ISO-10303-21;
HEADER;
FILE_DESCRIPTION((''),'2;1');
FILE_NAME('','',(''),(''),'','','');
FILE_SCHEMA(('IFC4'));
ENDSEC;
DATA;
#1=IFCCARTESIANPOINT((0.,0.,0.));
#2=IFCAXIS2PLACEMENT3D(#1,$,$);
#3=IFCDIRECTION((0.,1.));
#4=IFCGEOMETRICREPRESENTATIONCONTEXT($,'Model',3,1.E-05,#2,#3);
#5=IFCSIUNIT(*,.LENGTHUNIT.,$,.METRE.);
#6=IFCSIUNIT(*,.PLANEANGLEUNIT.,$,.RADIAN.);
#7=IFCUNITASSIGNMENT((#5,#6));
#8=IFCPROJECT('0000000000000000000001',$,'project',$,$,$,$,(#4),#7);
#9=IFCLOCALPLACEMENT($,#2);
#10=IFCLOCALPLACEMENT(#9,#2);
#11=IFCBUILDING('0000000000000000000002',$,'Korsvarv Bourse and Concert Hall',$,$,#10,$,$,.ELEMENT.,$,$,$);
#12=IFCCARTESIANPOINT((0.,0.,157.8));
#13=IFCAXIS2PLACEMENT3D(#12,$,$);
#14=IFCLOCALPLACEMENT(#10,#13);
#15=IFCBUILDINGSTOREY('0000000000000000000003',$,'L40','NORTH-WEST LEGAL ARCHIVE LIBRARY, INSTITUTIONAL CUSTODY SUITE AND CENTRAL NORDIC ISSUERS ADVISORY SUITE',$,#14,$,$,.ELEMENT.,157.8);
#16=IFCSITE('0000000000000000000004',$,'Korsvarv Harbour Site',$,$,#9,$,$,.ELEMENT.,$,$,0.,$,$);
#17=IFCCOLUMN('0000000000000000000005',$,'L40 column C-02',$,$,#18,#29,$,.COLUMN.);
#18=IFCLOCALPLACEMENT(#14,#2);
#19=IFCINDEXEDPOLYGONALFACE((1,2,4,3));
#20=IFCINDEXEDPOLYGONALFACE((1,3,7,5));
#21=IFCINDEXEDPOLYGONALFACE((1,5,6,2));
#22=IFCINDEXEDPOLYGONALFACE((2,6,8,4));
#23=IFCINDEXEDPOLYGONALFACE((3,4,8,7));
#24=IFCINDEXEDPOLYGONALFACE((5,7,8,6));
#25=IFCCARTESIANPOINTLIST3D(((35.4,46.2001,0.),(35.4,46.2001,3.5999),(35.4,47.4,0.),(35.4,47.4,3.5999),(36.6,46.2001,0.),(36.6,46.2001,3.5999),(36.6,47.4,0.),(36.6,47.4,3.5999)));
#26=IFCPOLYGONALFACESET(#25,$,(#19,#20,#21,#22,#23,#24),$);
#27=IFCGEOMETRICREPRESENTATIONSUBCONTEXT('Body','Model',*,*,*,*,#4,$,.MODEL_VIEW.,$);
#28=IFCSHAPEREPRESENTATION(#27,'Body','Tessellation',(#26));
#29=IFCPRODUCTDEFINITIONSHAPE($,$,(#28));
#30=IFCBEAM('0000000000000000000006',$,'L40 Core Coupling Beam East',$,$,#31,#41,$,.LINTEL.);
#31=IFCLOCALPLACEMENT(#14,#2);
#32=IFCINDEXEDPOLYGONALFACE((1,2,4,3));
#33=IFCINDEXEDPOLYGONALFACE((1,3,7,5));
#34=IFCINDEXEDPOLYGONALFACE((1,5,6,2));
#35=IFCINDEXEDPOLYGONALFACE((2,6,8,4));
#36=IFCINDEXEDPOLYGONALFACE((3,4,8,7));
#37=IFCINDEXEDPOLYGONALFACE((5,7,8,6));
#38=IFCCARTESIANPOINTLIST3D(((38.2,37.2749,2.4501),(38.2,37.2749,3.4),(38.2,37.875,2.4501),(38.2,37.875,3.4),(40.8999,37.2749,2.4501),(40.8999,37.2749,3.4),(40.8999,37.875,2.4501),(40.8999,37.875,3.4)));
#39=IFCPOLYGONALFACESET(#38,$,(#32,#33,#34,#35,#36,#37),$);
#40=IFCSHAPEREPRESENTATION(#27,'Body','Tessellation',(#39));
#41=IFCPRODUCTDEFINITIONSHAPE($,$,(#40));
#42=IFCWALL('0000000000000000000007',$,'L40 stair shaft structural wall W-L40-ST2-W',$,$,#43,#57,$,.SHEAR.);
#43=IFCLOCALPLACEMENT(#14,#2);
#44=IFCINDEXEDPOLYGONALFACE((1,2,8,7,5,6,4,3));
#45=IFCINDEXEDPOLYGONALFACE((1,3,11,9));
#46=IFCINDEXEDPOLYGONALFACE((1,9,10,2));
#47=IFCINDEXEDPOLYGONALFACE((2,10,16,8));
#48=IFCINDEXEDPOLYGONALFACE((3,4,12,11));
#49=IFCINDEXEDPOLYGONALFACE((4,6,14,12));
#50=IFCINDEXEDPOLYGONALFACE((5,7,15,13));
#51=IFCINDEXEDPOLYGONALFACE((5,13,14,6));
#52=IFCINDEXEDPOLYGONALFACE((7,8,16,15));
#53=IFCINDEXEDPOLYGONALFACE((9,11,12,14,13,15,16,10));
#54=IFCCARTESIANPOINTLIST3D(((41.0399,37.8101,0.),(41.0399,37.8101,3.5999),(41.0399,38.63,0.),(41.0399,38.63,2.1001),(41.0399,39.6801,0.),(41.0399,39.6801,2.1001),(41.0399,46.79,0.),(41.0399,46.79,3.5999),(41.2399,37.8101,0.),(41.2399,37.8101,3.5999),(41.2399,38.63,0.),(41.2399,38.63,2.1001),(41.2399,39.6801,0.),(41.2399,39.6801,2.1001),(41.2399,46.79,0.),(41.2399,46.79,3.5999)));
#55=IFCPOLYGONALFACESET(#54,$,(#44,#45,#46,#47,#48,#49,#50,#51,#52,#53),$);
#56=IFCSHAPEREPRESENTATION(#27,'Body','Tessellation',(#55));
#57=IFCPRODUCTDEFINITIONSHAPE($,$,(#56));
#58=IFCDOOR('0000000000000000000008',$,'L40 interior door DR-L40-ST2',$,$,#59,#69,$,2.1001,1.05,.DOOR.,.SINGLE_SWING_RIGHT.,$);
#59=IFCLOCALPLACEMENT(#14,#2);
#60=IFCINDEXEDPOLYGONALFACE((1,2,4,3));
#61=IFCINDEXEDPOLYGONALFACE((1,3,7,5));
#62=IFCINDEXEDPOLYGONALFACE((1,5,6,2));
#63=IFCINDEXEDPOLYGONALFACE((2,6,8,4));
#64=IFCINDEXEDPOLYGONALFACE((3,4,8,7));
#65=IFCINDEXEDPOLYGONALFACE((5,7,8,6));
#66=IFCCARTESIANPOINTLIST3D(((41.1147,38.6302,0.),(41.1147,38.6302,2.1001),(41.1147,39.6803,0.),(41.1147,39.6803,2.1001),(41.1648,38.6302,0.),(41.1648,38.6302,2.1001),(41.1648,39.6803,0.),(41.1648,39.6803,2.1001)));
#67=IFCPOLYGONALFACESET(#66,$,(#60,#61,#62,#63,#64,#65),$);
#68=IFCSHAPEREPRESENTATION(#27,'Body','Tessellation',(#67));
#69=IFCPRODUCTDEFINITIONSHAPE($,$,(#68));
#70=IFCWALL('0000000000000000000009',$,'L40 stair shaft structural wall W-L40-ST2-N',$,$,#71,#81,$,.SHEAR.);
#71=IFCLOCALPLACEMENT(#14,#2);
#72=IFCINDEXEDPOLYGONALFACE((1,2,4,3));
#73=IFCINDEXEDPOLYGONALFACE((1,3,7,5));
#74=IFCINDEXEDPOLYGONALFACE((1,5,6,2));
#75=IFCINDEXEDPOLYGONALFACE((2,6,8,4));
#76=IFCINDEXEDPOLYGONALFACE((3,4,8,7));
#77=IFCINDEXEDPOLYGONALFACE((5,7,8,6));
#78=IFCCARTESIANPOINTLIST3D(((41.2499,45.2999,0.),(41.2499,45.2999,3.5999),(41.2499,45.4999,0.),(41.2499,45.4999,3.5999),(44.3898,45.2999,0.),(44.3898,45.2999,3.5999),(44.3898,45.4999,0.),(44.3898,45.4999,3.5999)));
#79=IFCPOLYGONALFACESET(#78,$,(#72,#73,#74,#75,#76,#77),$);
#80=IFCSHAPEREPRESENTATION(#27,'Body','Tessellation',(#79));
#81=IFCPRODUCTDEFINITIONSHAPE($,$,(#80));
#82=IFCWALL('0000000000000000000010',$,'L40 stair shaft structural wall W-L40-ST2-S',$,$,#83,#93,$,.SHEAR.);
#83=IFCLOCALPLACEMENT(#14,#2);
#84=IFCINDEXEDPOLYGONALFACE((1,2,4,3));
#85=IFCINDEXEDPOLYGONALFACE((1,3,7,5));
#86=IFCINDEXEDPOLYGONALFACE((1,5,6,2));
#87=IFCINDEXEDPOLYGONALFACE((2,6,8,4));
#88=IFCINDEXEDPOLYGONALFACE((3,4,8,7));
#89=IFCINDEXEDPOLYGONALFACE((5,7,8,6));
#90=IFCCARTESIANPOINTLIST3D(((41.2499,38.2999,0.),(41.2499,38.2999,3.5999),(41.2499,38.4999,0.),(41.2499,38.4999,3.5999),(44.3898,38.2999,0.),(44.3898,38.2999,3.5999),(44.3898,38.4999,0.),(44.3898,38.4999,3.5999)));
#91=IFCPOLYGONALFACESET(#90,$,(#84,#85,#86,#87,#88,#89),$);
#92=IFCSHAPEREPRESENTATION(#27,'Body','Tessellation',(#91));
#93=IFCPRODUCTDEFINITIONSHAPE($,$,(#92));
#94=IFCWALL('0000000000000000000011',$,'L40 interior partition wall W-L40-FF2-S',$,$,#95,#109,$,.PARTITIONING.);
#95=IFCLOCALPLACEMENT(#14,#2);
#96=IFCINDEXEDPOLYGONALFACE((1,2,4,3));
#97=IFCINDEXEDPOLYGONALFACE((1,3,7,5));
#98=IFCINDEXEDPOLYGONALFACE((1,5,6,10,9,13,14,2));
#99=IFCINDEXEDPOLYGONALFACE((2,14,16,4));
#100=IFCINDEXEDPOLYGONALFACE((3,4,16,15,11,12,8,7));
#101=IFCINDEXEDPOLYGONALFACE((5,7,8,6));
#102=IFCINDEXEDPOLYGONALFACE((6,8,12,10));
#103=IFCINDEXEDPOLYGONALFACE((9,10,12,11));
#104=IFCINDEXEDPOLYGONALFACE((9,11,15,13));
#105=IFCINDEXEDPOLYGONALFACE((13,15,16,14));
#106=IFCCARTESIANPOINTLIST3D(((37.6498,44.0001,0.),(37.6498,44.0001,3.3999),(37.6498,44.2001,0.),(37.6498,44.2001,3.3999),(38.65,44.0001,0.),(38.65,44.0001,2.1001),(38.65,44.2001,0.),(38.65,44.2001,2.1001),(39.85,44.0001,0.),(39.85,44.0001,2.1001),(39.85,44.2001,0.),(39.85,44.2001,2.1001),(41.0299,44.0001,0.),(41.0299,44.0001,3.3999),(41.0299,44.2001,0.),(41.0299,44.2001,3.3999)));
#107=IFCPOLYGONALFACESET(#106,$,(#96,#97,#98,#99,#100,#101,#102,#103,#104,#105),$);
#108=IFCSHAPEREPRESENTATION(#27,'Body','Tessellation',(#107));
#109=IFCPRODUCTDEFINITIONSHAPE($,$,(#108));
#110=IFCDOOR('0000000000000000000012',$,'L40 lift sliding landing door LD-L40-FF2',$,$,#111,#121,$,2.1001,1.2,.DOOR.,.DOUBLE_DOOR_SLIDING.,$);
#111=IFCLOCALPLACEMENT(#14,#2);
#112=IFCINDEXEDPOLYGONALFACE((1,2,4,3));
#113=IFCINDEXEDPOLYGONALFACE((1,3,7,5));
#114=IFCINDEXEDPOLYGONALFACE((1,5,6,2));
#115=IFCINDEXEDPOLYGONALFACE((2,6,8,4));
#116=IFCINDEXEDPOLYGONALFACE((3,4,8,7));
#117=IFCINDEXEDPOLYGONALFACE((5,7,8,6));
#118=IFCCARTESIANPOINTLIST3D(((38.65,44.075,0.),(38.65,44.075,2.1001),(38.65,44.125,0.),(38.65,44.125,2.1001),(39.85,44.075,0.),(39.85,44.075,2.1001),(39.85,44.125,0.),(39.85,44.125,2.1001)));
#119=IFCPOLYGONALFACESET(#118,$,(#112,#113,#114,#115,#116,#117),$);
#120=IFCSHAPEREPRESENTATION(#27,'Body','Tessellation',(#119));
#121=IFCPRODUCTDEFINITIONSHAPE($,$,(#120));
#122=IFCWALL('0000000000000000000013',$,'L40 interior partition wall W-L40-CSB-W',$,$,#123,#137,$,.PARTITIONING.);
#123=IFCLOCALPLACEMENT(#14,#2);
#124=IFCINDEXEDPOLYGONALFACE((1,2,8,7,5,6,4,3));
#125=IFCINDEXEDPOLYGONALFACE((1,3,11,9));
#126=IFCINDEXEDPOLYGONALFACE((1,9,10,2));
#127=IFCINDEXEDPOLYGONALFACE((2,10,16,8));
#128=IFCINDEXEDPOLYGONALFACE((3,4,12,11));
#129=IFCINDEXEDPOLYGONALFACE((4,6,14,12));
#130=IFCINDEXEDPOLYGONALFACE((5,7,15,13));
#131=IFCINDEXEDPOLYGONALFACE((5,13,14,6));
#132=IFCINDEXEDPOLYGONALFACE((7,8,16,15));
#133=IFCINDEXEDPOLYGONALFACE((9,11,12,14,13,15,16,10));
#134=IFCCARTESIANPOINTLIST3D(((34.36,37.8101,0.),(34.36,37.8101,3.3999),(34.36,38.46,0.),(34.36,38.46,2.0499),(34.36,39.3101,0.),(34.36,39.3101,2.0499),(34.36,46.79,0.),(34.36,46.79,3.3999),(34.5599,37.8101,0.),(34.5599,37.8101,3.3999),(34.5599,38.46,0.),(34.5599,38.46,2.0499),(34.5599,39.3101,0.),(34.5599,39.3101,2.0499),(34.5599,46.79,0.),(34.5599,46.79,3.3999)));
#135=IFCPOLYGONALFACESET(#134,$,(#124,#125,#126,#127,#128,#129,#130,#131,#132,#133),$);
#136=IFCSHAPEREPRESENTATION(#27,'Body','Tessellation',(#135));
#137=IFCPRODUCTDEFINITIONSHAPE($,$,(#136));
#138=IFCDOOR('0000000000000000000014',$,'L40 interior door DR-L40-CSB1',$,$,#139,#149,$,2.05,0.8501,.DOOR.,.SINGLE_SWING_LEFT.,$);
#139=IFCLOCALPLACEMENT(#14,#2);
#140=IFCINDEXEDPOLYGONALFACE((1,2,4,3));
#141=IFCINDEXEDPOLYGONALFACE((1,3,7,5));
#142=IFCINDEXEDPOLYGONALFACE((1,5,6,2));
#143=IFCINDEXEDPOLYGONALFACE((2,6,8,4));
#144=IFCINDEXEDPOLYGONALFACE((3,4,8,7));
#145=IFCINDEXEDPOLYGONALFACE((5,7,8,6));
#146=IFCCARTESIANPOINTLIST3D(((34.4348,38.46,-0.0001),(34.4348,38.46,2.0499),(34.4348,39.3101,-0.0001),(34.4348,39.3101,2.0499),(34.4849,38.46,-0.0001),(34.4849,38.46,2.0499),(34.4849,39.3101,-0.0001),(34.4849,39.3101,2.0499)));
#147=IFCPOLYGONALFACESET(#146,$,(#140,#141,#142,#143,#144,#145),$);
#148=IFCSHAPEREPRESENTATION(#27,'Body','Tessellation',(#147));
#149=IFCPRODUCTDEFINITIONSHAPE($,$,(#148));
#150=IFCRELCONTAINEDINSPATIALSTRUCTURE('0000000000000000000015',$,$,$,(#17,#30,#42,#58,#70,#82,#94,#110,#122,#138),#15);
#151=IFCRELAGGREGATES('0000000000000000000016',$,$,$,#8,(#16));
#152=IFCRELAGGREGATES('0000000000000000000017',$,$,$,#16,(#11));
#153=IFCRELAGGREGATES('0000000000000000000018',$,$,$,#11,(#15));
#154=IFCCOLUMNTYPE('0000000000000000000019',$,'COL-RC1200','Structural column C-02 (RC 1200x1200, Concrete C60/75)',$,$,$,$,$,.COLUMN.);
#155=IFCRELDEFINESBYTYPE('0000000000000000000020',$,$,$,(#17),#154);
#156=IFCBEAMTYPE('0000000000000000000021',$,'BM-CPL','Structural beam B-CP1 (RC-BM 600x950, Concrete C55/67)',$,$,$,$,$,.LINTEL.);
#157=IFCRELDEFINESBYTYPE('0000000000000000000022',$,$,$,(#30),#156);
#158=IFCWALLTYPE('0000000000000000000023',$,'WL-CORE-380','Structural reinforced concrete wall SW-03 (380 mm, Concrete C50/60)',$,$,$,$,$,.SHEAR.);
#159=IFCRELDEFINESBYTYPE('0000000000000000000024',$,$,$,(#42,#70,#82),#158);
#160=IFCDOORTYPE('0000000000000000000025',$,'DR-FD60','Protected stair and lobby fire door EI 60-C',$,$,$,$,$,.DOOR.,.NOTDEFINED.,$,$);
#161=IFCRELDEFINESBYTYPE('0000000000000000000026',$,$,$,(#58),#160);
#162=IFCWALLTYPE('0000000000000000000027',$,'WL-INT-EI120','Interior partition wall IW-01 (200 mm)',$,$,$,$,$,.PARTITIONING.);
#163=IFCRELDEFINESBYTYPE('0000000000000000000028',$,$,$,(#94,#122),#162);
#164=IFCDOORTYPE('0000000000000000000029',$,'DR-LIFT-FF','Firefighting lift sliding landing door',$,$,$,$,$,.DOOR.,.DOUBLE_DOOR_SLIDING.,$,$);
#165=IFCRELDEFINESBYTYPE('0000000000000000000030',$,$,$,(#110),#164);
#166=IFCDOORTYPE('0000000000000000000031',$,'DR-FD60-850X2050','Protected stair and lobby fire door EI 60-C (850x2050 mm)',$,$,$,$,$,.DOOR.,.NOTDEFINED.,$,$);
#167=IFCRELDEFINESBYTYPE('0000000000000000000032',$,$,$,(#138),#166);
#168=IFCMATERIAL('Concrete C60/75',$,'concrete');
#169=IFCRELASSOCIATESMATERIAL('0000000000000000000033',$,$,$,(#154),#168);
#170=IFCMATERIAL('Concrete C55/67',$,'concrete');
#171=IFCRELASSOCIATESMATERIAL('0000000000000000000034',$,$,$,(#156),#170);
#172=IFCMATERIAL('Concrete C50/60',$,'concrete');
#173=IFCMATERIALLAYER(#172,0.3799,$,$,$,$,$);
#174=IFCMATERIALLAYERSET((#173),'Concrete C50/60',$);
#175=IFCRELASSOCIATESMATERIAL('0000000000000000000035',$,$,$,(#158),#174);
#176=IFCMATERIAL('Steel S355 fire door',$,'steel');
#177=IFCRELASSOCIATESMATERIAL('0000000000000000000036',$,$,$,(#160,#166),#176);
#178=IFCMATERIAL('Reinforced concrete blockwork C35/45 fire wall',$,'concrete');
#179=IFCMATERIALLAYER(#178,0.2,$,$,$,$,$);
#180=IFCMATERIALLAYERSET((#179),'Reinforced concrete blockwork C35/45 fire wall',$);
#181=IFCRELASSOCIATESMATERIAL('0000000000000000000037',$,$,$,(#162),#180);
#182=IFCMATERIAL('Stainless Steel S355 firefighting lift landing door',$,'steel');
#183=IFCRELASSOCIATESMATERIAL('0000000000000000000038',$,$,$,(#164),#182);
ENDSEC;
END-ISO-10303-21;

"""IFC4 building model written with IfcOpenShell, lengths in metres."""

from ifc_helpers import new_model, si_unit, direction, frame, frame_2d, origin, origin_2d, place, context, subcontext, project, spatial, rectangle, extrude, source, transform, mapped, material, layer, layer_set, material_profile, profile_set, type_object, element, fill, save


model = new_model("IFC4")

# Units and contexts
model_context = context("Model", 3, precision=1e-05, world=origin(), true_north=direction((0.0, 1.0)))
body_context = subcontext(model_context, "Body", "Model", "MODEL_VIEW")
ifc_project = project(units=[si_unit("LENGTHUNIT", "METRE"), si_unit("PLANEANGLEUNIT", "RADIAN")], contexts=[model_context])

# Site, building, storey
site_placement = place(None, origin())
site = spatial("IfcSite", under=ifc_project, at=site_placement, Name="Korsvarv Harbour Site", CompositionType="ELEMENT", RefElevation=0.0)
building_placement = place(site_placement, origin())
building = spatial("IfcBuilding", under=site, at=building_placement, Name="Korsvarv Bourse and Concert Hall", CompositionType="ELEMENT")
storey_placement = place(building_placement, frame((0.0, 0.0, 157.8)))
storey = spatial("IfcBuildingStorey", under=building, at=storey_placement, Name="L40", Description="NORTH-WEST LEGAL ARCHIVE LIBRARY, INSTITUTIONAL CUSTODY SUITE AND CENTRAL NORDIC ISSUERS ADVISORY SUITE", CompositionType="ELEMENT", Elevation=157.8)

# Column
ifc_material_1 = material(Name="Concrete C60/75", Category="concrete")
ifc_material_profile_1 = material_profile(ifc_material_1, rectangle(XDim=1.2, YDim=1.2, at=origin_2d()), Name="RC 1200x1200")
ifc_profile_set_1 = profile_set([ifc_material_profile_1], Name="Concrete C60/75")
column_type = type_object("IfcColumnType", Name="COL-RC1200", Description="Structural column C-02 (RC 1200x1200, Concrete C60/75)", PredefinedType="COLUMN", material=ifc_profile_set_1)
shared_shape_1 = source(origin(), body_context, "Body", "SweptSolid", [
    extrude(rectangle(XDim=1.2, YDim=1.2, at=origin_2d()), origin(), (0.0, 0.0, 1.0), 3.5999),
])
column_placement = place(storey_placement, frame((36.0, 46.8, 0.0), z_axis=(0.0, 0.0, 1.0), x_axis=(1.0, 0.0, 0.0)))
element("IfcColumn", 1, at=column_placement, inside=storey, type_object=column_type, Name="L40 column C-02", PredefinedType="COLUMN", context=body_context, shape_type="MappedRepresentation", body=[
    mapped(shared_shape_1, transform((0.0, 0.0, 0.0), scale=1.0)),
])

# Beam
ifc_material_2 = material(Name="Concrete C55/67", Category="concrete")
ifc_material_profile_2 = material_profile(ifc_material_2, rectangle(XDim=0.6001, YDim=0.95, at=origin_2d()), Name="RC-BM 600x950")
ifc_profile_set_2 = profile_set([ifc_material_profile_2], Name="Concrete C55/67")
beam_type = type_object("IfcBeamType", Name="BM-CPL", Description="Structural beam B-CP1 (RC-BM 600x950, Concrete C55/67)", PredefinedType="LINTEL", material=ifc_profile_set_2)
shared_shape_2 = source(origin(), body_context, "Body", "SweptSolid", [
    extrude(rectangle(XDim=0.6001, YDim=0.95, at=origin_2d()), origin(), (0.0, 0.0, 1.0), 2.7),
])
beam_placement = place(storey_placement, frame((38.2, 37.575, 2.925), z_axis=(1.0, 0.0, 0.0), x_axis=(0.0, 1.0, 0.0)))
element("IfcBeam", 2, at=beam_placement, inside=storey, type_object=beam_type, Name="L40 Core Coupling Beam East", PredefinedType="LINTEL", context=body_context, shape_type="MappedRepresentation", body=[
    mapped(shared_shape_2, transform((0.0, 0.0, 0.0), scale=1.0)),
])

# Wall, opening, door
ifc_material_3 = material(Name="Concrete C50/60", Category="concrete")
ifc_layer_1 = layer(ifc_material_3, 0.3799)
ifc_layer_set_1 = layer_set([ifc_layer_1], Name="Concrete C50/60")
wall_type_1 = type_object("IfcWallType", Name="WL-CORE-380", Description="Structural reinforced concrete wall SW-03 (380 mm, Concrete C50/60)", PredefinedType="SHEAR", material=ifc_layer_set_1)
wall_1_placement = place(storey_placement, frame((41.1399, 37.8101, 0.0), z_axis=(0.0, 0.0, 1.0), x_axis=(0.0, 1.0, 0.0)))
wall_1 = element("IfcWall", 3, at=wall_1_placement, inside=storey, type_object=wall_type_1, Name="L40 stair shaft structural wall W-L40-ST2-W", PredefinedType="SHEAR", context=body_context, shape_type="SweptSolid", body=[
    extrude(rectangle(XDim=8.98, YDim=0.2, at=frame_2d((4.49, 0.0))), origin(), (0.0, 0.0, 1.0), 3.5999),
])
opening_1_placement = place(wall_1_placement, frame((0.8201, 0.0, 0.0)))
opening_1 = element("IfcOpeningElement", 4, at=opening_1_placement, cuts=wall_1, PredefinedType="OPENING", context=body_context, shape_type="SweptSolid", body=[
    extrude(rectangle(XDim=1.05, YDim=2.1001, at=frame_2d((0.5249, 1.05))), frame((0.0, 0.1099, 0.0), z_axis=(0.0, -1.0, 0.0), x_axis=(1.0, 0.0, 0.0)), (0.0, 0.0, 1.0), 0.22),
])
ifc_material_4 = material(Name="Steel S355 fire door", Category="steel")
door_type_1 = type_object("IfcDoorType", Name="DR-FD60", Description="Protected stair and lobby fire door EI 60-C", OperationType="NOTDEFINED", PredefinedType="DOOR", material=ifc_material_4)
door_1_placement = place(opening_1_placement, frame((1.05, 0.0, 0.0), z_axis=(0.0, 0.0, 1.0), x_axis=(-1.0, 0.0, 0.0)))
door_1 = element("IfcDoor", 5, at=door_1_placement, inside=storey, type_object=door_type_1, Name="L40 interior door DR-L40-ST2", OperationType="SINGLE_SWING_RIGHT", OverallHeight=2.1001, OverallWidth=1.05, PredefinedType="DOOR", context=body_context, shape_type="SweptSolid", body=[
    extrude(rectangle(XDim=1.05, YDim=2.1001, at=frame_2d((0.5249, 1.05))), frame((0.0, 0.0249, 0.0), z_axis=(0.0, -1.0, 0.0), x_axis=(1.0, 0.0, 0.0)), (0.0, 0.0, 1.0), 0.05),
])
fill(opening_1, door_1)

# Walls
for number, where, z_axis, x_axis, name in (
    (6, (41.25, 45.3999, 0.0), (0.0, 0.0, 1.0), (1.0, 0.0, 0.0), "L40 stair shaft structural wall W-L40-ST2-N"),
    (7, (41.25, 38.3999, 0.0), (0.0, 0.0, 1.0), (1.0, 0.0, 0.0), "L40 stair shaft structural wall W-L40-ST2-S"),
):
    element("IfcWall", number, at=place(storey_placement, frame(where, z_axis=z_axis, x_axis=x_axis)), inside=storey, type_object=wall_type_1, Name=name, PredefinedType="SHEAR", context=body_context, shape_type="SweptSolid", body=[
        extrude(rectangle(XDim=3.1399, YDim=0.2, at=frame_2d((1.5698, 0.0))), origin(), (0.0, 0.0, 1.0), 3.5999),
    ])

# Walls, openings, doors
ifc_material_5 = material(Name="Reinforced concrete blockwork C35/45 fire wall", Category="concrete")
ifc_layer_2 = layer(ifc_material_5, 0.2)
ifc_layer_set_2 = layer_set([ifc_layer_2], Name="Reinforced concrete blockwork C35/45 fire wall")
wall_type_2 = type_object("IfcWallType", Name="WL-INT-EI120", Description="Interior partition wall IW-01 (200 mm)", PredefinedType="PARTITIONING", material=ifc_layer_set_2)
wall_2_placement = place(storey_placement, frame((37.6499, 44.1001, 0.0), z_axis=(0.0, 0.0, 1.0), x_axis=(1.0, 0.0, 0.0)))
wall_2 = element("IfcWall", 8, at=wall_2_placement, inside=storey, type_object=wall_type_2, Name="L40 interior partition wall W-L40-FF2-S", PredefinedType="PARTITIONING", context=body_context, shape_type="SweptSolid", body=[
    extrude(rectangle(XDim=3.3801, YDim=0.2, at=frame_2d((1.6899, 0.0))), origin(), (0.0, 0.0, 1.0), 3.3999),
])
opening_2_placement = place(wall_2_placement, frame((1.0, 0.0, 0.0)))
opening_2 = element("IfcOpeningElement", 9, at=opening_2_placement, cuts=wall_2, PredefinedType="OPENING", context=body_context, shape_type="SweptSolid", body=[
    extrude(rectangle(XDim=1.2, YDim=2.1001, at=frame_2d((0.6001, 1.05))), frame((0.0, 0.1099, 0.0), z_axis=(0.0, -1.0, 0.0), x_axis=(1.0, 0.0, 0.0)), (0.0, 0.0, 1.0), 0.22),
])
ifc_material_6 = material(Name="Stainless Steel S355 firefighting lift landing door", Category="steel")
door_type_2 = type_object("IfcDoorType", Name="DR-LIFT-FF", Description="Firefighting lift sliding landing door", OperationType="DOUBLE_DOOR_SLIDING", PredefinedType="DOOR", material=ifc_material_6)
door_2_placement = place(opening_2_placement, origin())
door_2 = element("IfcDoor", 10, at=door_2_placement, inside=storey, type_object=door_type_2, Name="L40 lift sliding landing door LD-L40-FF2", OperationType="DOUBLE_DOOR_SLIDING", OverallHeight=2.1001, OverallWidth=1.2, PredefinedType="DOOR", context=body_context, shape_type="SweptSolid", body=[
    extrude(rectangle(XDim=1.2, YDim=2.1001, at=frame_2d((0.6001, 1.05))), frame((0.0, 0.0249, 0.0), z_axis=(0.0, -1.0, 0.0), x_axis=(1.0, 0.0, 0.0)), (0.0, 0.0, 1.0), 0.05),
])
fill(opening_2, door_2)
wall_3_placement = place(storey_placement, frame((34.46, 37.8101, 0.0), z_axis=(0.0, 0.0, 1.0), x_axis=(0.0, 1.0, 0.0)))
wall_3 = element("IfcWall", 11, at=wall_3_placement, inside=storey, type_object=wall_type_2, Name="L40 interior partition wall W-L40-CSB-W", PredefinedType="PARTITIONING", context=body_context, shape_type="SweptSolid", body=[
    extrude(rectangle(XDim=8.98, YDim=0.2, at=frame_2d((4.49, 0.0))), origin(), (0.0, 0.0, 1.0), 3.3999),
])
opening_3_placement = place(wall_3_placement, frame((0.6499, 0.0, 0.0)))
opening_3 = element("IfcOpeningElement", 12, at=opening_3_placement, cuts=wall_3, PredefinedType="OPENING", context=body_context, shape_type="SweptSolid", body=[
    extrude(rectangle(XDim=0.8501, YDim=2.05, at=frame_2d((0.425, 1.0249))), frame((0.0, 0.1099, 0.0), z_axis=(0.0, -1.0, 0.0), x_axis=(1.0, 0.0, 0.0)), (0.0, 0.0, 1.0), 0.22),
])
door_type_3 = type_object("IfcDoorType", Name="DR-FD60-850X2050", Description="Protected stair and lobby fire door EI 60-C (850x2050 mm)", OperationType="NOTDEFINED", PredefinedType="DOOR", material=ifc_material_4)
door_3_placement = place(opening_3_placement, frame((0.8501, 0.0, 0.0), z_axis=(0.0, 0.0, 1.0), x_axis=(-1.0, 0.0, 0.0)))
door_3 = element("IfcDoor", 13, at=door_3_placement, inside=storey, type_object=door_type_3, Name="L40 interior door DR-L40-CSB1", OperationType="SINGLE_SWING_LEFT", OverallHeight=2.05, OverallWidth=0.8501, PredefinedType="DOOR", context=body_context, shape_type="SweptSolid", body=[
    extrude(rectangle(XDim=0.8501, YDim=2.05, at=frame_2d((0.425, 1.0249))), frame((0.0, 0.0249, 0.0), z_axis=(0.0, -1.0, 0.0), x_axis=(1.0, 0.0, 0.0)), (0.0, 0.0, 1.0), 0.05),
])
fill(opening_3, door_3)

save(model, "model.ifc")
